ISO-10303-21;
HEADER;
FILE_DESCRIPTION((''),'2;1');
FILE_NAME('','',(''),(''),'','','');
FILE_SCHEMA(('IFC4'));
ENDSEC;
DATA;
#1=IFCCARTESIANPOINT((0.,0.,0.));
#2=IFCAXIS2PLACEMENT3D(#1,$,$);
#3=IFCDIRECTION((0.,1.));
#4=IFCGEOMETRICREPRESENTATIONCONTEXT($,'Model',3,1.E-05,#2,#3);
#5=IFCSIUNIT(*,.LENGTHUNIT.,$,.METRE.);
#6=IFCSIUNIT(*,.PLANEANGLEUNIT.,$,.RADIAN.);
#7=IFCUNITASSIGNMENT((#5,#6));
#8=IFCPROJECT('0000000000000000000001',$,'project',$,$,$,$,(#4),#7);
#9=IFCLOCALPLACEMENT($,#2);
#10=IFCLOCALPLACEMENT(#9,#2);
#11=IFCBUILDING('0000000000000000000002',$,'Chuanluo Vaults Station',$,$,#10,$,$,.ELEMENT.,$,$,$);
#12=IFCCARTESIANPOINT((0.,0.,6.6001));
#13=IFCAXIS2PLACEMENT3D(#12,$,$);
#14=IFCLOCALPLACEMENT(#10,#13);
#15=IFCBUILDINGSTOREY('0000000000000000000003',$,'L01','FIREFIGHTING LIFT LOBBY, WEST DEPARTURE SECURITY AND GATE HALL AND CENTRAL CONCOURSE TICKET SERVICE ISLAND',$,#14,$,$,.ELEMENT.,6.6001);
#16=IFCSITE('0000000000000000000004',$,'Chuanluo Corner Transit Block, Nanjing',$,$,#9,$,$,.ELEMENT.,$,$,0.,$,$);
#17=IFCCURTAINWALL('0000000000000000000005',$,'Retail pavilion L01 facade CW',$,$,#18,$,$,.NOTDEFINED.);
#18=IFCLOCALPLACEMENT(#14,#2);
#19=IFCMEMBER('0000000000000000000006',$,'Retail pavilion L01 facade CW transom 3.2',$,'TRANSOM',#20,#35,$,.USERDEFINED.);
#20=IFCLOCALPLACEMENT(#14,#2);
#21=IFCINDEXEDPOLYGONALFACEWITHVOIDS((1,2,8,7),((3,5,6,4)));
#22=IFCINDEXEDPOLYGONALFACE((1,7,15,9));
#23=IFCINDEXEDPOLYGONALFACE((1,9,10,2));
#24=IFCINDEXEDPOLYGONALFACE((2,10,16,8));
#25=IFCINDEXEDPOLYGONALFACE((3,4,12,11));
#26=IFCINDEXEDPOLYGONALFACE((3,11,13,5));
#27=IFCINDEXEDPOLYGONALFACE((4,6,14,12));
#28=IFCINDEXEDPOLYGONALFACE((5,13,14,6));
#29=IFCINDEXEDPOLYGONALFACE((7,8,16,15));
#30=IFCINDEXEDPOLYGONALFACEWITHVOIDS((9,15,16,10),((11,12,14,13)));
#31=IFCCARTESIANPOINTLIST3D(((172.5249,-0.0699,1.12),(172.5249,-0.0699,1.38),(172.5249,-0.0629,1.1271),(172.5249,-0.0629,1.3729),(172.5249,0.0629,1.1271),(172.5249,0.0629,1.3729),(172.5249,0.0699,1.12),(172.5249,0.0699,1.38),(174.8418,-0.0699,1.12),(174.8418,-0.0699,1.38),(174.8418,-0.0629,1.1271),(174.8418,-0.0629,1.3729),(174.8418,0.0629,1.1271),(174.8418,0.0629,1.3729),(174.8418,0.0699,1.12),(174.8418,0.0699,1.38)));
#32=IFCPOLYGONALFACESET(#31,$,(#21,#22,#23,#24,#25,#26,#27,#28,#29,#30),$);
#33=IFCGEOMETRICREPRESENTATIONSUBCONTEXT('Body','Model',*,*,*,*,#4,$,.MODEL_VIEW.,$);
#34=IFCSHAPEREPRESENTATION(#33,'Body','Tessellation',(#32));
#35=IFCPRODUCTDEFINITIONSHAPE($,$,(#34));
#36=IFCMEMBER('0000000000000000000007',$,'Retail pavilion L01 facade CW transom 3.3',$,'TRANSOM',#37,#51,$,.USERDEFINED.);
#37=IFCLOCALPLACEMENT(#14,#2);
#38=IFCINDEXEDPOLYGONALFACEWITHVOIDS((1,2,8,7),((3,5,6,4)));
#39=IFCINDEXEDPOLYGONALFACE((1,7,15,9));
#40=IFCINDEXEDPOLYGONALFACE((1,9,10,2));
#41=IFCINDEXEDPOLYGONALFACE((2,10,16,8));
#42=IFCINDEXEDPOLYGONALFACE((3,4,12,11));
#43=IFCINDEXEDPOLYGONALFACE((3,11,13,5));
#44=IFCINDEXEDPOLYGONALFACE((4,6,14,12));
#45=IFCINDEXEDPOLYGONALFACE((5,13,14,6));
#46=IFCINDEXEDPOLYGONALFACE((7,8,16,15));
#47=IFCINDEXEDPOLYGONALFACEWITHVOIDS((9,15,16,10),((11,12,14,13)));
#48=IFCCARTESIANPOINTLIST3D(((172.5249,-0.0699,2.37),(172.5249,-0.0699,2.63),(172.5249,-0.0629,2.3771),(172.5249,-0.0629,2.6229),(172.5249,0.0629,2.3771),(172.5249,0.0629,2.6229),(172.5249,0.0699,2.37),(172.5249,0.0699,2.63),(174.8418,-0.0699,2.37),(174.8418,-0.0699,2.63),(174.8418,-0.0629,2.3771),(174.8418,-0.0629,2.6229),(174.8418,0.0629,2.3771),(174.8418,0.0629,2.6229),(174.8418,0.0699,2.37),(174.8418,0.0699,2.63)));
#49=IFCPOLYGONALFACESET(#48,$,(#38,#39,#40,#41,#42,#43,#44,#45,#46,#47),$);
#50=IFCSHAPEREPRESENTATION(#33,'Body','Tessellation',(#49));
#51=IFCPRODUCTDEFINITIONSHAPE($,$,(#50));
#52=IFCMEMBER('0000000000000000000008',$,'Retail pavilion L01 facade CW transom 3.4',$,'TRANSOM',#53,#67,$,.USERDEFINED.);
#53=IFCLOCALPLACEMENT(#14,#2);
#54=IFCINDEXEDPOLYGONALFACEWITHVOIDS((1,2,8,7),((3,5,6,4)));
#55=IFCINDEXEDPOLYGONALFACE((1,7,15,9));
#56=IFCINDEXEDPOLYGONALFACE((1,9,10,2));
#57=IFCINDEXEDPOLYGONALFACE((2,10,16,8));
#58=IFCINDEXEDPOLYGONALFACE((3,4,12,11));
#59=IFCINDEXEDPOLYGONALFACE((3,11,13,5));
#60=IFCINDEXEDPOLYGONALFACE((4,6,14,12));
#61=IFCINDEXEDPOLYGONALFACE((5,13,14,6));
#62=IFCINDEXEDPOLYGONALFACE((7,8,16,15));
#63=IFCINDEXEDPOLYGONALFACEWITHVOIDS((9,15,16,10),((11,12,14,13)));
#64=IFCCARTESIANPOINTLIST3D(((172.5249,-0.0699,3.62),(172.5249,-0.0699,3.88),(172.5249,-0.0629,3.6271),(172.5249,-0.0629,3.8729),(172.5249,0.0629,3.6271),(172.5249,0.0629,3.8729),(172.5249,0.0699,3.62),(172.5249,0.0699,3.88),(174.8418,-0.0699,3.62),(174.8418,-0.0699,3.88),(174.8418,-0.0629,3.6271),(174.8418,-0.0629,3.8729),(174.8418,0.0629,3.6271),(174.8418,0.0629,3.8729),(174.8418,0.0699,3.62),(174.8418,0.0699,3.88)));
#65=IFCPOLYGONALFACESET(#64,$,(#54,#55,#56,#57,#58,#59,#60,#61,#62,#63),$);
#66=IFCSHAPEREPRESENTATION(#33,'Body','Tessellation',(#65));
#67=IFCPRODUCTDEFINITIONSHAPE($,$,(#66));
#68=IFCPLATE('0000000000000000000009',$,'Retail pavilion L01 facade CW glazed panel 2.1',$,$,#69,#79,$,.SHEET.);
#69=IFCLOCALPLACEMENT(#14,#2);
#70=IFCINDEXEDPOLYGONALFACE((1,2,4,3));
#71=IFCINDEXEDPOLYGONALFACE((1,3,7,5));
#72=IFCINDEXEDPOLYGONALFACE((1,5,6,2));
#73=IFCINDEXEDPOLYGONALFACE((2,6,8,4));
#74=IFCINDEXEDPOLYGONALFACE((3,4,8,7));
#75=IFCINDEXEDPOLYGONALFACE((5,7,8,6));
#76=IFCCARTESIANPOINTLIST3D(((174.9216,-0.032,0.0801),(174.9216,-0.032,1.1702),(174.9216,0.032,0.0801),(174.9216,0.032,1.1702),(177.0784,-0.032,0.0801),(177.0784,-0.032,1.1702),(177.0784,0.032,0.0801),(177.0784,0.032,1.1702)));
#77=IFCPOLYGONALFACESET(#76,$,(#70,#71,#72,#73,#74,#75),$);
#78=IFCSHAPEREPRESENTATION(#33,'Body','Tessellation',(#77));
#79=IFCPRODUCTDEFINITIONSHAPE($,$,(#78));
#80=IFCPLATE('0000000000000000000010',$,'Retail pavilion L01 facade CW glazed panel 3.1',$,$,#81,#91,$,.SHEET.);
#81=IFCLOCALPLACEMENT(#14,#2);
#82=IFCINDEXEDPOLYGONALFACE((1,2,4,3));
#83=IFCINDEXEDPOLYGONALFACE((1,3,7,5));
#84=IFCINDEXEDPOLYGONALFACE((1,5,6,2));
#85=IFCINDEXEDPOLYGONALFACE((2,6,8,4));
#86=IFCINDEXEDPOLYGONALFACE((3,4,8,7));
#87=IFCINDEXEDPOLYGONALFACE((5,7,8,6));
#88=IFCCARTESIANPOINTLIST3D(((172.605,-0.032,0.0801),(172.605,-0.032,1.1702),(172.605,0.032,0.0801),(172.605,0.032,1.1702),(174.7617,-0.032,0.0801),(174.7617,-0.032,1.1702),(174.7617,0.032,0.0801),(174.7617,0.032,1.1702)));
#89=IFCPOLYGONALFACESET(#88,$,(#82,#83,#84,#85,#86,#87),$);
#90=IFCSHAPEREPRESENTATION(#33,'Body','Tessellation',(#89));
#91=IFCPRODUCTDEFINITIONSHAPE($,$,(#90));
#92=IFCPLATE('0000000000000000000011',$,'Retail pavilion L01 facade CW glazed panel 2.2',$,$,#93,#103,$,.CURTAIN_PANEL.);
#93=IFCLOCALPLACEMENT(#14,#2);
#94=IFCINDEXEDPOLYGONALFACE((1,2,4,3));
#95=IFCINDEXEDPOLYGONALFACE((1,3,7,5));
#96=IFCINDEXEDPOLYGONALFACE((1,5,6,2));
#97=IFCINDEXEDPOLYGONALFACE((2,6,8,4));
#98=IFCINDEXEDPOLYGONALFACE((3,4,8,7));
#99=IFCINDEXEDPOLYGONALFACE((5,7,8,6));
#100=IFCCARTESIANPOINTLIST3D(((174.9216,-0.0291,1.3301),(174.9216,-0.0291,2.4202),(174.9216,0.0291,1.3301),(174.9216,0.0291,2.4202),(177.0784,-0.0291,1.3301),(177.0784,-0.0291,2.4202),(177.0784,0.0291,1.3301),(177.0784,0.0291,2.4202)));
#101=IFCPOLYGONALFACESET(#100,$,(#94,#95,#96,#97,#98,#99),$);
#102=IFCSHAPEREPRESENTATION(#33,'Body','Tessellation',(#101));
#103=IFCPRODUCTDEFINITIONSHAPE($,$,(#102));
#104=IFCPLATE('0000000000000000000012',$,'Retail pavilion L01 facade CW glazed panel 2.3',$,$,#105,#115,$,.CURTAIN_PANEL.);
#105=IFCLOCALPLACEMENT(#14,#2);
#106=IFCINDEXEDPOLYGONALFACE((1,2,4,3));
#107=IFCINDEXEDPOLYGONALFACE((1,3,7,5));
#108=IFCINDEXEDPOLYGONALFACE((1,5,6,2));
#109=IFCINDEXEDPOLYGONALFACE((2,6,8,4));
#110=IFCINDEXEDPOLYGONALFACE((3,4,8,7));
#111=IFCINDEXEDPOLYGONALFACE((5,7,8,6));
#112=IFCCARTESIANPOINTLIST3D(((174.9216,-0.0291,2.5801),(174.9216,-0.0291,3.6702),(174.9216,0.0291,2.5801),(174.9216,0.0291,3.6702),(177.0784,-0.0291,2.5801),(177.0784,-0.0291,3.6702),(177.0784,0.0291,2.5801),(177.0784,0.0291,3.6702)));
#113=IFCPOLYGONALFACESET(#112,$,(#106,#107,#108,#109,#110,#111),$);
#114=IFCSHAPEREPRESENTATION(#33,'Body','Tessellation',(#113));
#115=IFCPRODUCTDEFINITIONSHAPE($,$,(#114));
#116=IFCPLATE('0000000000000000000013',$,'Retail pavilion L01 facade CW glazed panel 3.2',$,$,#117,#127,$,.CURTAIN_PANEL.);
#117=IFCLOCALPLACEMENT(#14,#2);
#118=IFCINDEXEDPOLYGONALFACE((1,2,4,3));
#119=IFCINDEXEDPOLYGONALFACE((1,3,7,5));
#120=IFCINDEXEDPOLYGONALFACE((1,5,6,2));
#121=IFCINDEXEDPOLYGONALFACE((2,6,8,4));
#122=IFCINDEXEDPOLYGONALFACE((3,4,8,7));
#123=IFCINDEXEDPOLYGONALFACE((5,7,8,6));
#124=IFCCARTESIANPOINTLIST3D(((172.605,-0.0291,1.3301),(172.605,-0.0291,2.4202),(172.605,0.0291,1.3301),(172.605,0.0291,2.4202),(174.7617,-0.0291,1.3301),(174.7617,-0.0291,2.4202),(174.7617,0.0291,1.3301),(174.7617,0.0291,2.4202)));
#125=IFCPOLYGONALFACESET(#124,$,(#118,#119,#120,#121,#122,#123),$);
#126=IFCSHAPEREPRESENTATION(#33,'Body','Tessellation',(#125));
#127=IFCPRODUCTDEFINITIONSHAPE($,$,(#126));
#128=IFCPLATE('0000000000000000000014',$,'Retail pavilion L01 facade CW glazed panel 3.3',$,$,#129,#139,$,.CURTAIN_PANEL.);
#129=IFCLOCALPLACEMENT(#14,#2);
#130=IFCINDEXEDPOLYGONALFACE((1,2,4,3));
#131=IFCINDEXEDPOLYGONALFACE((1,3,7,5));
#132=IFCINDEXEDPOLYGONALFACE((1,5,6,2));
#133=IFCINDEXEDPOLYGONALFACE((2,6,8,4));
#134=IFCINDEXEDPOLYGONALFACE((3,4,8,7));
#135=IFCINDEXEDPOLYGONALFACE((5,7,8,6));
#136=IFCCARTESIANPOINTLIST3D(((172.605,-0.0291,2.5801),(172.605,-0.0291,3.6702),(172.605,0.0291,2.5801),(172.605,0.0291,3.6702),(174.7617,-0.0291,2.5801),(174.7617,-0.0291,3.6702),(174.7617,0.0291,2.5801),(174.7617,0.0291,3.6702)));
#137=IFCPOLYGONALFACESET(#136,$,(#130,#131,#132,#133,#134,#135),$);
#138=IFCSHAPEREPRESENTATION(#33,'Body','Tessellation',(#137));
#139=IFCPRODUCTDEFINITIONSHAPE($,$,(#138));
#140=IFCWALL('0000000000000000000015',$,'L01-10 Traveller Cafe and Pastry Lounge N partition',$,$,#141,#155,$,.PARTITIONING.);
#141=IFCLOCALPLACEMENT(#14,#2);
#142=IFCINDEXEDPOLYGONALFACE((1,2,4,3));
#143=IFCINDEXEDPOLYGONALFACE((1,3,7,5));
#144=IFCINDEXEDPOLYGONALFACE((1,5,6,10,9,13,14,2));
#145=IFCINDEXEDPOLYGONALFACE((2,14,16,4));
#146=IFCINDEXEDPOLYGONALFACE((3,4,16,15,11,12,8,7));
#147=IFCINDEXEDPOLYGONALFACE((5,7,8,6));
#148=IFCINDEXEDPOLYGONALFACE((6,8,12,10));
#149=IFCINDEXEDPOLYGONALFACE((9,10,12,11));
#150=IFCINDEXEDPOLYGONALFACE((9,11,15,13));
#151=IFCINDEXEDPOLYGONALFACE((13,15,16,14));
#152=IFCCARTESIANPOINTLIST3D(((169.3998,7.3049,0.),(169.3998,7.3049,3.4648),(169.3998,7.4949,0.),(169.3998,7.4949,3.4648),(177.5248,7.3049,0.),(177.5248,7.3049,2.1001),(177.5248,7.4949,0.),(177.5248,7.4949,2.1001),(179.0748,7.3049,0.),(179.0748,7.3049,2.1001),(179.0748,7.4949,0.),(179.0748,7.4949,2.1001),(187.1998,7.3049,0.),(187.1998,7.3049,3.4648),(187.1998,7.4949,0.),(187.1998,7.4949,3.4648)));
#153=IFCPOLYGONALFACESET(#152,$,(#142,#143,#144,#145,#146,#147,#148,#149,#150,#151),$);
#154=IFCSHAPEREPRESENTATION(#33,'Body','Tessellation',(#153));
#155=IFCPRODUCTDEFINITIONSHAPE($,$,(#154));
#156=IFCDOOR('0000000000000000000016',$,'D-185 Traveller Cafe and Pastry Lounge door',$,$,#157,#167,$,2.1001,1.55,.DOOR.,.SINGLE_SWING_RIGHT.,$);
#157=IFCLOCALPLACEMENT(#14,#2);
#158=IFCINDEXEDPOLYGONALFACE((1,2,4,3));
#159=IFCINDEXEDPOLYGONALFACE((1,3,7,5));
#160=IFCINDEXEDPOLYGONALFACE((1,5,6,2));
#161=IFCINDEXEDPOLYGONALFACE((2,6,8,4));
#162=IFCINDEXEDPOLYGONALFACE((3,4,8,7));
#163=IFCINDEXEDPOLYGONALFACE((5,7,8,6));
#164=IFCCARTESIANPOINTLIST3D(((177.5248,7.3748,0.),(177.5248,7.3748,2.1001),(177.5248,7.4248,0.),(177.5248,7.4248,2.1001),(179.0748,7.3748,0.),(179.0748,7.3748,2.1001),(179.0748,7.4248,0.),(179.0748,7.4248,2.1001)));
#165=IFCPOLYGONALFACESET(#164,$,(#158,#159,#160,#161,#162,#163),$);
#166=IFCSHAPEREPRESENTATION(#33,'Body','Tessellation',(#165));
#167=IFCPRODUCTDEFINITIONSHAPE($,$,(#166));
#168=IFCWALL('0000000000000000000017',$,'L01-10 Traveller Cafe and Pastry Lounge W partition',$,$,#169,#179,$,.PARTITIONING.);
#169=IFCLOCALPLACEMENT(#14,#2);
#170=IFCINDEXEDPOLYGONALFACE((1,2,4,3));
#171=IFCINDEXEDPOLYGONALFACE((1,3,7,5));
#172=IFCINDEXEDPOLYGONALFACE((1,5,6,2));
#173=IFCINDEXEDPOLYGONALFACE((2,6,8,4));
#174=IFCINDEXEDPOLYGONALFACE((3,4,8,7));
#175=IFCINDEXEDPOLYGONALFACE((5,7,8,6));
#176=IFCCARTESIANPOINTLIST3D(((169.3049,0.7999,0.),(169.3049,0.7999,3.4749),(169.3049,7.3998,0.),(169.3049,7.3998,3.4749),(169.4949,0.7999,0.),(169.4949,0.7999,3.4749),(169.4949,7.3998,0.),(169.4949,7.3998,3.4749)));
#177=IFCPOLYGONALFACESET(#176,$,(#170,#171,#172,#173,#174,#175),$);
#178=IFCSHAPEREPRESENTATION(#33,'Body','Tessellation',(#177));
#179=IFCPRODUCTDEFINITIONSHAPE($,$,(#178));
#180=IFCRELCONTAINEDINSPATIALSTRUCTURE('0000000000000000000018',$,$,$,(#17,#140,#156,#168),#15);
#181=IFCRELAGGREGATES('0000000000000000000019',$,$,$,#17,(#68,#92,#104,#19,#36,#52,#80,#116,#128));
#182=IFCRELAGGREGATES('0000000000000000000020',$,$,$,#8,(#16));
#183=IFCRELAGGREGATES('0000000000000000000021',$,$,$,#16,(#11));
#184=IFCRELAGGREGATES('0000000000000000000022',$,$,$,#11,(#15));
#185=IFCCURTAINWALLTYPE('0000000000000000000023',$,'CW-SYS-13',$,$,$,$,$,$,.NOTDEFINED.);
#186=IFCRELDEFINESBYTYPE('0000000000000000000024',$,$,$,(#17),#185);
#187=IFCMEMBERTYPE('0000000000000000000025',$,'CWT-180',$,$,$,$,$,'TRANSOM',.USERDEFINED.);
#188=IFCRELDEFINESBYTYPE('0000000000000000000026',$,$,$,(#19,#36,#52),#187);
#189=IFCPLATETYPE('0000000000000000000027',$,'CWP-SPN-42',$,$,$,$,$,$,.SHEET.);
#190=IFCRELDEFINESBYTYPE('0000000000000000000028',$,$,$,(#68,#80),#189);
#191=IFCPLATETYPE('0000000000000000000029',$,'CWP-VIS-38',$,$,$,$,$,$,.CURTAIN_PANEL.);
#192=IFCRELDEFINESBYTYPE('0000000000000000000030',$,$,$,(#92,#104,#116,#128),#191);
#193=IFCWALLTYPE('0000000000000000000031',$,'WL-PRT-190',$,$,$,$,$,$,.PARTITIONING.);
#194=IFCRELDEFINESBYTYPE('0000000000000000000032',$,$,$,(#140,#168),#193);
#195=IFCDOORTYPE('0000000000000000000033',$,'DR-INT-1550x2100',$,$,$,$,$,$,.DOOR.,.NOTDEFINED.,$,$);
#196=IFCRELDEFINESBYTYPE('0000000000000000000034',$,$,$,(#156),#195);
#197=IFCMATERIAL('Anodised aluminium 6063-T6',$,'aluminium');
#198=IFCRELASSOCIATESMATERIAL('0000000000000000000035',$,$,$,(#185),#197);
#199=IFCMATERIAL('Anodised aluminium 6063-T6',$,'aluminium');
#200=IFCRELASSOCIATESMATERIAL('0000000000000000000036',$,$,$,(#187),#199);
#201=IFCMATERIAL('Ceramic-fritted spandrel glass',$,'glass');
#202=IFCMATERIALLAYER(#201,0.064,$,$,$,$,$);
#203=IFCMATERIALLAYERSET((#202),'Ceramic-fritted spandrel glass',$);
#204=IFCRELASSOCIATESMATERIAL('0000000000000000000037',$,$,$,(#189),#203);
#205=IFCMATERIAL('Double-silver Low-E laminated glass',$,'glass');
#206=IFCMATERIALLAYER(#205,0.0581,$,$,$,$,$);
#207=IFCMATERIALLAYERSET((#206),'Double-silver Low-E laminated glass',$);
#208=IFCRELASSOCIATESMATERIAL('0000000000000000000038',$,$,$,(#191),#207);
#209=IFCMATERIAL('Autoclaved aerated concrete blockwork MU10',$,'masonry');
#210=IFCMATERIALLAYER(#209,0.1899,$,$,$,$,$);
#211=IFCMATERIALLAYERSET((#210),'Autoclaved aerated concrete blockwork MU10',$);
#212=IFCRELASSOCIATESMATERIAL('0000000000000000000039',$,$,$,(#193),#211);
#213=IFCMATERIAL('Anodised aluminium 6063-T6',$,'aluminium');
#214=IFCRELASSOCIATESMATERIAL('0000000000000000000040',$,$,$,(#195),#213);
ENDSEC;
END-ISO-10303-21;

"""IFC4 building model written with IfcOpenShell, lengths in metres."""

from ifc_helpers import new_model, si_unit, direction, frame, frame_2d, origin, origin_2d, place, context, subcontext, project, spatial, rectangle, hollow_rectangle, extrude, material, layer, layer_set, material_profile, profile_set, type_object, element, fill, aggregate, save


model = new_model("IFC4")

# Units and contexts
model_context = context("Model", 3, precision=1e-05, world=origin(), true_north=direction((0.0, 1.0)))
body_context = subcontext(model_context, "Body", "Model", "MODEL_VIEW")
ifc_project = project(units=[si_unit("LENGTHUNIT", "METRE"), si_unit("PLANEANGLEUNIT", "RADIAN")], contexts=[model_context])

# Site, building, storey
site_placement = place(None, origin())
site = spatial("IfcSite", under=ifc_project, at=site_placement, Name="Chuanluo Corner Transit Block, Nanjing", CompositionType="ELEMENT", RefElevation=0.0)
building_placement = place(site_placement, origin())
building = spatial("IfcBuilding", under=site, at=building_placement, Name="Chuanluo Vaults Station", CompositionType="ELEMENT")
storey_placement = place(building_placement, frame((0.0, 0.0, 6.6001)))
storey = spatial("IfcBuildingStorey", under=building, at=storey_placement, Name="L01", Description="FIREFIGHTING LIFT LOBBY, WEST DEPARTURE SECURITY AND GATE HALL AND CENTRAL CONCOURSE TICKET SERVICE ISLAND", CompositionType="ELEMENT", Elevation=6.6001)

# Curtain wall, members, plates
ifc_material_1 = material(Name="Anodised aluminium 6063-T6", Category="aluminium")
curtain_wall_type = type_object("IfcCurtainWallType", Name="CW-SYS-13", PredefinedType="NOTDEFINED", material=ifc_material_1)
curtain_wall_placement = place(storey_placement, origin())
curtain_wall = element("IfcCurtainWall", 1, at=curtain_wall_placement, inside=storey, type_object=curtain_wall_type, Name="Retail pavilion L01 facade CW", PredefinedType="NOTDEFINED")
ifc_material_2 = material(Name="Anodised aluminium 6063-T6", Category="aluminium")
ifc_material_profile_1 = material_profile(ifc_material_2, hollow_rectangle(XDim=0.1399, YDim=0.26, WallThickness=0.0071, at=origin_2d()))
ifc_profile_set_1 = profile_set([ifc_material_profile_1], Name="Anodised aluminium 6063-T6")
member_type_1 = type_object("IfcMemberType", Name="CWT-180", ElementType="TRANSOM", PredefinedType="USERDEFINED", material=ifc_profile_set_1)
member_1_placement = place(storey_placement, frame((174.8418, 0.0, 1.25), z_axis=(-1.0, 0.0, 0.0), x_axis=(0.0, -1.0, 0.0)))
member_1 = element("IfcMember", 2, at=member_1_placement, type_object=member_type_1, Name="Retail pavilion L01 facade CW transom 3.2", ObjectType="TRANSOM", PredefinedType="USERDEFINED", context=body_context, shape_type="SweptSolid", body=[
    extrude(hollow_rectangle(XDim=0.1399, YDim=0.26, WallThickness=0.0071, at=origin_2d()), origin(), (0.0, 0.0, 1.0), 2.3169),
])
member_2_placement = place(storey_placement, frame((174.8418, 0.0, 2.5), z_axis=(-1.0, 0.0, 0.0), x_axis=(0.0, -1.0, 0.0)))
member_2 = element("IfcMember", 3, at=member_2_placement, type_object=member_type_1, Name="Retail pavilion L01 facade CW transom 3.3", ObjectType="TRANSOM", PredefinedType="USERDEFINED", context=body_context, shape_type="SweptSolid", body=[
    extrude(hollow_rectangle(XDim=0.1399, YDim=0.26, WallThickness=0.0071, at=origin_2d()), origin(), (0.0, 0.0, 1.0), 2.3169),
])
member_3_placement = place(storey_placement, frame((174.8418, 0.0, 3.75), z_axis=(-1.0, 0.0, 0.0), x_axis=(0.0, -1.0, 0.0)))
member_3 = element("IfcMember", 4, at=member_3_placement, type_object=member_type_1, Name="Retail pavilion L01 facade CW transom 3.4", ObjectType="TRANSOM", PredefinedType="USERDEFINED", context=body_context, shape_type="SweptSolid", body=[
    extrude(hollow_rectangle(XDim=0.1399, YDim=0.26, WallThickness=0.0071, at=origin_2d()), origin(), (0.0, 0.0, 1.0), 2.3169),
])
ifc_material_3 = material(Name="Ceramic-fritted spandrel glass", Category="glass")
ifc_layer_1 = layer(ifc_material_3, 0.064)
ifc_layer_set_1 = layer_set([ifc_layer_1], Name="Ceramic-fritted spandrel glass")
plate_type_1 = type_object("IfcPlateType", Name="CWP-SPN-42", PredefinedType="SHEET", material=ifc_layer_set_1)
plate_1_placement = place(storey_placement, frame((176.0, 0.0, 0.0801), z_axis=(0.0, 0.0, 1.0), x_axis=(-1.0, 0.0, 0.0)))
plate_1 = element("IfcPlate", 5, at=plate_1_placement, type_object=plate_type_1, Name="Retail pavilion L01 facade CW glazed panel 2.1", PredefinedType="SHEET", context=body_context, shape_type="SweptSolid", body=[
    extrude(rectangle(XDim=2.1567, YDim=0.064, at=origin_2d()), origin(), (0.0, 0.0, 1.0), 1.0901),
])
plate_2_placement = place(storey_placement, frame((173.6833, 0.0, 0.0801), z_axis=(0.0, 0.0, 1.0), x_axis=(-1.0, 0.0, 0.0)))
plate_2 = element("IfcPlate", 6, at=plate_2_placement, type_object=plate_type_1, Name="Retail pavilion L01 facade CW glazed panel 3.1", PredefinedType="SHEET", context=body_context, shape_type="SweptSolid", body=[
    extrude(rectangle(XDim=2.1567, YDim=0.064, at=origin_2d()), origin(), (0.0, 0.0, 1.0), 1.0901),
])
ifc_material_4 = material(Name="Double-silver Low-E laminated glass", Category="glass")
ifc_layer_2 = layer(ifc_material_4, 0.0581)
ifc_layer_set_2 = layer_set([ifc_layer_2], Name="Double-silver Low-E laminated glass")
plate_type_2 = type_object("IfcPlateType", Name="CWP-VIS-38", PredefinedType="CURTAIN_PANEL", material=ifc_layer_set_2)
plate_3_placement = place(storey_placement, frame((176.0, 0.0, 1.3301), z_axis=(0.0, 0.0, 1.0), x_axis=(-1.0, 0.0, 0.0)))
plate_3 = element("IfcPlate", 7, at=plate_3_placement, type_object=plate_type_2, Name="Retail pavilion L01 facade CW glazed panel 2.2", PredefinedType="CURTAIN_PANEL", context=body_context, shape_type="SweptSolid", body=[
    extrude(rectangle(XDim=2.1567, YDim=0.0581, at=origin_2d()), origin(), (0.0, 0.0, 1.0), 1.0901),
])
plate_4_placement = place(storey_placement, frame((176.0, 0.0, 2.5801), z_axis=(0.0, 0.0, 1.0), x_axis=(-1.0, 0.0, 0.0)))
plate_4 = element("IfcPlate", 8, at=plate_4_placement, type_object=plate_type_2, Name="Retail pavilion L01 facade CW glazed panel 2.3", PredefinedType="CURTAIN_PANEL", context=body_context, shape_type="SweptSolid", body=[
    extrude(rectangle(XDim=2.1567, YDim=0.0581, at=origin_2d()), origin(), (0.0, 0.0, 1.0), 1.0901),
])
plate_5_placement = place(storey_placement, frame((173.6833, 0.0, 1.3301), z_axis=(0.0, 0.0, 1.0), x_axis=(-1.0, 0.0, 0.0)))
plate_5 = element("IfcPlate", 9, at=plate_5_placement, type_object=plate_type_2, Name="Retail pavilion L01 facade CW glazed panel 3.2", PredefinedType="CURTAIN_PANEL", context=body_context, shape_type="SweptSolid", body=[
    extrude(rectangle(XDim=2.1567, YDim=0.0581, at=origin_2d()), origin(), (0.0, 0.0, 1.0), 1.0901),
])
plate_6_placement = place(storey_placement, frame((173.6833, 0.0, 2.5801), z_axis=(0.0, 0.0, 1.0), x_axis=(-1.0, 0.0, 0.0)))
plate_6 = element("IfcPlate", 10, at=plate_6_placement, type_object=plate_type_2, Name="Retail pavilion L01 facade CW glazed panel 3.3", PredefinedType="CURTAIN_PANEL", context=body_context, shape_type="SweptSolid", body=[
    extrude(rectangle(XDim=2.1567, YDim=0.0581, at=origin_2d()), origin(), (0.0, 0.0, 1.0), 1.0901),
])
aggregate(curtain_wall, [plate_1, plate_3, plate_4, member_1, member_2, member_3, plate_2, plate_5, plate_6])

# Wall, opening, door
ifc_material_5 = material(Name="Autoclaved aerated concrete blockwork MU10", Category="masonry")
ifc_layer_3 = layer(ifc_material_5, 0.1899)
ifc_layer_set_3 = layer_set([ifc_layer_3], Name="Autoclaved aerated concrete blockwork MU10")
wall_type_1 = type_object("IfcWallType", Name="WL-PRT-190", PredefinedType="PARTITIONING", material=ifc_layer_set_3)
wall_1_placement = place(storey_placement, frame((169.3999, 7.3999, 0.0), z_axis=(0.0, 0.0, 1.0), x_axis=(1.0, 0.0, 0.0)))
wall_1 = element("IfcWall", 11, at=wall_1_placement, inside=storey, type_object=wall_type_1, Name="L01-10 Traveller Cafe and Pastry Lounge N partition", PredefinedType="PARTITIONING", context=body_context, shape_type="SweptSolid", body=[
    extrude(rectangle(XDim=17.8, YDim=0.1899, at=frame_2d((8.8999, 0.0))), origin(), (0.0, 0.0, 1.0), 3.4648),
])
opening_1_placement = place(wall_1_placement, frame((8.125, 0.0, 0.0)))
opening_1 = element("IfcOpeningElement", 12, at=opening_1_placement, cuts=wall_1, PredefinedType="OPENING", context=body_context, shape_type="SweptSolid", body=[
    extrude(rectangle(XDim=1.55, YDim=2.1001, at=frame_2d((0.7749, 1.05))), frame((0.0, 0.105, 0.0), z_axis=(0.0, -1.0, 0.0), x_axis=(1.0, 0.0, 0.0)), (0.0, 0.0, 1.0), 0.2099),
])
ifc_material_6 = material(Name="Anodised aluminium 6063-T6", Category="aluminium")
door_type_1 = type_object("IfcDoorType", Name="DR-INT-1550x2100", OperationType="NOTDEFINED", PredefinedType="DOOR", material=ifc_material_6)
door_1_placement = place(opening_1_placement, origin())
door_1 = element("IfcDoor", 13, at=door_1_placement, inside=storey, type_object=door_type_1, Name="D-185 Traveller Cafe and Pastry Lounge door", OperationType="SINGLE_SWING_RIGHT", OverallHeight=2.1001, OverallWidth=1.55, PredefinedType="DOOR", context=body_context, shape_type="SweptSolid", body=[
    extrude(rectangle(XDim=1.55, YDim=2.1001, at=frame_2d((0.7749, 1.05))), frame((0.0, 0.0249, 0.0), z_axis=(0.0, -1.0, 0.0), x_axis=(1.0, 0.0, 0.0)), (0.0, 0.0, 1.0), 0.05),
])
fill(opening_1, door_1)

# Wall
wall_2_placement = place(storey_placement, frame((169.3999, 0.8, 0.0), z_axis=(0.0, 0.0, 1.0), x_axis=(0.0, 1.0, 0.0)))
element("IfcWall", 14, at=wall_2_placement, inside=storey, type_object=wall_type_1, Name="L01-10 Traveller Cafe and Pastry Lounge W partition", PredefinedType="PARTITIONING", context=body_context, shape_type="SweptSolid", body=[
    extrude(rectangle(XDim=6.5999, YDim=0.1899, at=frame_2d((3.2998, 0.0))), origin(), (0.0, 0.0, 1.0), 3.4749),
])

save(model, "model.ifc")
